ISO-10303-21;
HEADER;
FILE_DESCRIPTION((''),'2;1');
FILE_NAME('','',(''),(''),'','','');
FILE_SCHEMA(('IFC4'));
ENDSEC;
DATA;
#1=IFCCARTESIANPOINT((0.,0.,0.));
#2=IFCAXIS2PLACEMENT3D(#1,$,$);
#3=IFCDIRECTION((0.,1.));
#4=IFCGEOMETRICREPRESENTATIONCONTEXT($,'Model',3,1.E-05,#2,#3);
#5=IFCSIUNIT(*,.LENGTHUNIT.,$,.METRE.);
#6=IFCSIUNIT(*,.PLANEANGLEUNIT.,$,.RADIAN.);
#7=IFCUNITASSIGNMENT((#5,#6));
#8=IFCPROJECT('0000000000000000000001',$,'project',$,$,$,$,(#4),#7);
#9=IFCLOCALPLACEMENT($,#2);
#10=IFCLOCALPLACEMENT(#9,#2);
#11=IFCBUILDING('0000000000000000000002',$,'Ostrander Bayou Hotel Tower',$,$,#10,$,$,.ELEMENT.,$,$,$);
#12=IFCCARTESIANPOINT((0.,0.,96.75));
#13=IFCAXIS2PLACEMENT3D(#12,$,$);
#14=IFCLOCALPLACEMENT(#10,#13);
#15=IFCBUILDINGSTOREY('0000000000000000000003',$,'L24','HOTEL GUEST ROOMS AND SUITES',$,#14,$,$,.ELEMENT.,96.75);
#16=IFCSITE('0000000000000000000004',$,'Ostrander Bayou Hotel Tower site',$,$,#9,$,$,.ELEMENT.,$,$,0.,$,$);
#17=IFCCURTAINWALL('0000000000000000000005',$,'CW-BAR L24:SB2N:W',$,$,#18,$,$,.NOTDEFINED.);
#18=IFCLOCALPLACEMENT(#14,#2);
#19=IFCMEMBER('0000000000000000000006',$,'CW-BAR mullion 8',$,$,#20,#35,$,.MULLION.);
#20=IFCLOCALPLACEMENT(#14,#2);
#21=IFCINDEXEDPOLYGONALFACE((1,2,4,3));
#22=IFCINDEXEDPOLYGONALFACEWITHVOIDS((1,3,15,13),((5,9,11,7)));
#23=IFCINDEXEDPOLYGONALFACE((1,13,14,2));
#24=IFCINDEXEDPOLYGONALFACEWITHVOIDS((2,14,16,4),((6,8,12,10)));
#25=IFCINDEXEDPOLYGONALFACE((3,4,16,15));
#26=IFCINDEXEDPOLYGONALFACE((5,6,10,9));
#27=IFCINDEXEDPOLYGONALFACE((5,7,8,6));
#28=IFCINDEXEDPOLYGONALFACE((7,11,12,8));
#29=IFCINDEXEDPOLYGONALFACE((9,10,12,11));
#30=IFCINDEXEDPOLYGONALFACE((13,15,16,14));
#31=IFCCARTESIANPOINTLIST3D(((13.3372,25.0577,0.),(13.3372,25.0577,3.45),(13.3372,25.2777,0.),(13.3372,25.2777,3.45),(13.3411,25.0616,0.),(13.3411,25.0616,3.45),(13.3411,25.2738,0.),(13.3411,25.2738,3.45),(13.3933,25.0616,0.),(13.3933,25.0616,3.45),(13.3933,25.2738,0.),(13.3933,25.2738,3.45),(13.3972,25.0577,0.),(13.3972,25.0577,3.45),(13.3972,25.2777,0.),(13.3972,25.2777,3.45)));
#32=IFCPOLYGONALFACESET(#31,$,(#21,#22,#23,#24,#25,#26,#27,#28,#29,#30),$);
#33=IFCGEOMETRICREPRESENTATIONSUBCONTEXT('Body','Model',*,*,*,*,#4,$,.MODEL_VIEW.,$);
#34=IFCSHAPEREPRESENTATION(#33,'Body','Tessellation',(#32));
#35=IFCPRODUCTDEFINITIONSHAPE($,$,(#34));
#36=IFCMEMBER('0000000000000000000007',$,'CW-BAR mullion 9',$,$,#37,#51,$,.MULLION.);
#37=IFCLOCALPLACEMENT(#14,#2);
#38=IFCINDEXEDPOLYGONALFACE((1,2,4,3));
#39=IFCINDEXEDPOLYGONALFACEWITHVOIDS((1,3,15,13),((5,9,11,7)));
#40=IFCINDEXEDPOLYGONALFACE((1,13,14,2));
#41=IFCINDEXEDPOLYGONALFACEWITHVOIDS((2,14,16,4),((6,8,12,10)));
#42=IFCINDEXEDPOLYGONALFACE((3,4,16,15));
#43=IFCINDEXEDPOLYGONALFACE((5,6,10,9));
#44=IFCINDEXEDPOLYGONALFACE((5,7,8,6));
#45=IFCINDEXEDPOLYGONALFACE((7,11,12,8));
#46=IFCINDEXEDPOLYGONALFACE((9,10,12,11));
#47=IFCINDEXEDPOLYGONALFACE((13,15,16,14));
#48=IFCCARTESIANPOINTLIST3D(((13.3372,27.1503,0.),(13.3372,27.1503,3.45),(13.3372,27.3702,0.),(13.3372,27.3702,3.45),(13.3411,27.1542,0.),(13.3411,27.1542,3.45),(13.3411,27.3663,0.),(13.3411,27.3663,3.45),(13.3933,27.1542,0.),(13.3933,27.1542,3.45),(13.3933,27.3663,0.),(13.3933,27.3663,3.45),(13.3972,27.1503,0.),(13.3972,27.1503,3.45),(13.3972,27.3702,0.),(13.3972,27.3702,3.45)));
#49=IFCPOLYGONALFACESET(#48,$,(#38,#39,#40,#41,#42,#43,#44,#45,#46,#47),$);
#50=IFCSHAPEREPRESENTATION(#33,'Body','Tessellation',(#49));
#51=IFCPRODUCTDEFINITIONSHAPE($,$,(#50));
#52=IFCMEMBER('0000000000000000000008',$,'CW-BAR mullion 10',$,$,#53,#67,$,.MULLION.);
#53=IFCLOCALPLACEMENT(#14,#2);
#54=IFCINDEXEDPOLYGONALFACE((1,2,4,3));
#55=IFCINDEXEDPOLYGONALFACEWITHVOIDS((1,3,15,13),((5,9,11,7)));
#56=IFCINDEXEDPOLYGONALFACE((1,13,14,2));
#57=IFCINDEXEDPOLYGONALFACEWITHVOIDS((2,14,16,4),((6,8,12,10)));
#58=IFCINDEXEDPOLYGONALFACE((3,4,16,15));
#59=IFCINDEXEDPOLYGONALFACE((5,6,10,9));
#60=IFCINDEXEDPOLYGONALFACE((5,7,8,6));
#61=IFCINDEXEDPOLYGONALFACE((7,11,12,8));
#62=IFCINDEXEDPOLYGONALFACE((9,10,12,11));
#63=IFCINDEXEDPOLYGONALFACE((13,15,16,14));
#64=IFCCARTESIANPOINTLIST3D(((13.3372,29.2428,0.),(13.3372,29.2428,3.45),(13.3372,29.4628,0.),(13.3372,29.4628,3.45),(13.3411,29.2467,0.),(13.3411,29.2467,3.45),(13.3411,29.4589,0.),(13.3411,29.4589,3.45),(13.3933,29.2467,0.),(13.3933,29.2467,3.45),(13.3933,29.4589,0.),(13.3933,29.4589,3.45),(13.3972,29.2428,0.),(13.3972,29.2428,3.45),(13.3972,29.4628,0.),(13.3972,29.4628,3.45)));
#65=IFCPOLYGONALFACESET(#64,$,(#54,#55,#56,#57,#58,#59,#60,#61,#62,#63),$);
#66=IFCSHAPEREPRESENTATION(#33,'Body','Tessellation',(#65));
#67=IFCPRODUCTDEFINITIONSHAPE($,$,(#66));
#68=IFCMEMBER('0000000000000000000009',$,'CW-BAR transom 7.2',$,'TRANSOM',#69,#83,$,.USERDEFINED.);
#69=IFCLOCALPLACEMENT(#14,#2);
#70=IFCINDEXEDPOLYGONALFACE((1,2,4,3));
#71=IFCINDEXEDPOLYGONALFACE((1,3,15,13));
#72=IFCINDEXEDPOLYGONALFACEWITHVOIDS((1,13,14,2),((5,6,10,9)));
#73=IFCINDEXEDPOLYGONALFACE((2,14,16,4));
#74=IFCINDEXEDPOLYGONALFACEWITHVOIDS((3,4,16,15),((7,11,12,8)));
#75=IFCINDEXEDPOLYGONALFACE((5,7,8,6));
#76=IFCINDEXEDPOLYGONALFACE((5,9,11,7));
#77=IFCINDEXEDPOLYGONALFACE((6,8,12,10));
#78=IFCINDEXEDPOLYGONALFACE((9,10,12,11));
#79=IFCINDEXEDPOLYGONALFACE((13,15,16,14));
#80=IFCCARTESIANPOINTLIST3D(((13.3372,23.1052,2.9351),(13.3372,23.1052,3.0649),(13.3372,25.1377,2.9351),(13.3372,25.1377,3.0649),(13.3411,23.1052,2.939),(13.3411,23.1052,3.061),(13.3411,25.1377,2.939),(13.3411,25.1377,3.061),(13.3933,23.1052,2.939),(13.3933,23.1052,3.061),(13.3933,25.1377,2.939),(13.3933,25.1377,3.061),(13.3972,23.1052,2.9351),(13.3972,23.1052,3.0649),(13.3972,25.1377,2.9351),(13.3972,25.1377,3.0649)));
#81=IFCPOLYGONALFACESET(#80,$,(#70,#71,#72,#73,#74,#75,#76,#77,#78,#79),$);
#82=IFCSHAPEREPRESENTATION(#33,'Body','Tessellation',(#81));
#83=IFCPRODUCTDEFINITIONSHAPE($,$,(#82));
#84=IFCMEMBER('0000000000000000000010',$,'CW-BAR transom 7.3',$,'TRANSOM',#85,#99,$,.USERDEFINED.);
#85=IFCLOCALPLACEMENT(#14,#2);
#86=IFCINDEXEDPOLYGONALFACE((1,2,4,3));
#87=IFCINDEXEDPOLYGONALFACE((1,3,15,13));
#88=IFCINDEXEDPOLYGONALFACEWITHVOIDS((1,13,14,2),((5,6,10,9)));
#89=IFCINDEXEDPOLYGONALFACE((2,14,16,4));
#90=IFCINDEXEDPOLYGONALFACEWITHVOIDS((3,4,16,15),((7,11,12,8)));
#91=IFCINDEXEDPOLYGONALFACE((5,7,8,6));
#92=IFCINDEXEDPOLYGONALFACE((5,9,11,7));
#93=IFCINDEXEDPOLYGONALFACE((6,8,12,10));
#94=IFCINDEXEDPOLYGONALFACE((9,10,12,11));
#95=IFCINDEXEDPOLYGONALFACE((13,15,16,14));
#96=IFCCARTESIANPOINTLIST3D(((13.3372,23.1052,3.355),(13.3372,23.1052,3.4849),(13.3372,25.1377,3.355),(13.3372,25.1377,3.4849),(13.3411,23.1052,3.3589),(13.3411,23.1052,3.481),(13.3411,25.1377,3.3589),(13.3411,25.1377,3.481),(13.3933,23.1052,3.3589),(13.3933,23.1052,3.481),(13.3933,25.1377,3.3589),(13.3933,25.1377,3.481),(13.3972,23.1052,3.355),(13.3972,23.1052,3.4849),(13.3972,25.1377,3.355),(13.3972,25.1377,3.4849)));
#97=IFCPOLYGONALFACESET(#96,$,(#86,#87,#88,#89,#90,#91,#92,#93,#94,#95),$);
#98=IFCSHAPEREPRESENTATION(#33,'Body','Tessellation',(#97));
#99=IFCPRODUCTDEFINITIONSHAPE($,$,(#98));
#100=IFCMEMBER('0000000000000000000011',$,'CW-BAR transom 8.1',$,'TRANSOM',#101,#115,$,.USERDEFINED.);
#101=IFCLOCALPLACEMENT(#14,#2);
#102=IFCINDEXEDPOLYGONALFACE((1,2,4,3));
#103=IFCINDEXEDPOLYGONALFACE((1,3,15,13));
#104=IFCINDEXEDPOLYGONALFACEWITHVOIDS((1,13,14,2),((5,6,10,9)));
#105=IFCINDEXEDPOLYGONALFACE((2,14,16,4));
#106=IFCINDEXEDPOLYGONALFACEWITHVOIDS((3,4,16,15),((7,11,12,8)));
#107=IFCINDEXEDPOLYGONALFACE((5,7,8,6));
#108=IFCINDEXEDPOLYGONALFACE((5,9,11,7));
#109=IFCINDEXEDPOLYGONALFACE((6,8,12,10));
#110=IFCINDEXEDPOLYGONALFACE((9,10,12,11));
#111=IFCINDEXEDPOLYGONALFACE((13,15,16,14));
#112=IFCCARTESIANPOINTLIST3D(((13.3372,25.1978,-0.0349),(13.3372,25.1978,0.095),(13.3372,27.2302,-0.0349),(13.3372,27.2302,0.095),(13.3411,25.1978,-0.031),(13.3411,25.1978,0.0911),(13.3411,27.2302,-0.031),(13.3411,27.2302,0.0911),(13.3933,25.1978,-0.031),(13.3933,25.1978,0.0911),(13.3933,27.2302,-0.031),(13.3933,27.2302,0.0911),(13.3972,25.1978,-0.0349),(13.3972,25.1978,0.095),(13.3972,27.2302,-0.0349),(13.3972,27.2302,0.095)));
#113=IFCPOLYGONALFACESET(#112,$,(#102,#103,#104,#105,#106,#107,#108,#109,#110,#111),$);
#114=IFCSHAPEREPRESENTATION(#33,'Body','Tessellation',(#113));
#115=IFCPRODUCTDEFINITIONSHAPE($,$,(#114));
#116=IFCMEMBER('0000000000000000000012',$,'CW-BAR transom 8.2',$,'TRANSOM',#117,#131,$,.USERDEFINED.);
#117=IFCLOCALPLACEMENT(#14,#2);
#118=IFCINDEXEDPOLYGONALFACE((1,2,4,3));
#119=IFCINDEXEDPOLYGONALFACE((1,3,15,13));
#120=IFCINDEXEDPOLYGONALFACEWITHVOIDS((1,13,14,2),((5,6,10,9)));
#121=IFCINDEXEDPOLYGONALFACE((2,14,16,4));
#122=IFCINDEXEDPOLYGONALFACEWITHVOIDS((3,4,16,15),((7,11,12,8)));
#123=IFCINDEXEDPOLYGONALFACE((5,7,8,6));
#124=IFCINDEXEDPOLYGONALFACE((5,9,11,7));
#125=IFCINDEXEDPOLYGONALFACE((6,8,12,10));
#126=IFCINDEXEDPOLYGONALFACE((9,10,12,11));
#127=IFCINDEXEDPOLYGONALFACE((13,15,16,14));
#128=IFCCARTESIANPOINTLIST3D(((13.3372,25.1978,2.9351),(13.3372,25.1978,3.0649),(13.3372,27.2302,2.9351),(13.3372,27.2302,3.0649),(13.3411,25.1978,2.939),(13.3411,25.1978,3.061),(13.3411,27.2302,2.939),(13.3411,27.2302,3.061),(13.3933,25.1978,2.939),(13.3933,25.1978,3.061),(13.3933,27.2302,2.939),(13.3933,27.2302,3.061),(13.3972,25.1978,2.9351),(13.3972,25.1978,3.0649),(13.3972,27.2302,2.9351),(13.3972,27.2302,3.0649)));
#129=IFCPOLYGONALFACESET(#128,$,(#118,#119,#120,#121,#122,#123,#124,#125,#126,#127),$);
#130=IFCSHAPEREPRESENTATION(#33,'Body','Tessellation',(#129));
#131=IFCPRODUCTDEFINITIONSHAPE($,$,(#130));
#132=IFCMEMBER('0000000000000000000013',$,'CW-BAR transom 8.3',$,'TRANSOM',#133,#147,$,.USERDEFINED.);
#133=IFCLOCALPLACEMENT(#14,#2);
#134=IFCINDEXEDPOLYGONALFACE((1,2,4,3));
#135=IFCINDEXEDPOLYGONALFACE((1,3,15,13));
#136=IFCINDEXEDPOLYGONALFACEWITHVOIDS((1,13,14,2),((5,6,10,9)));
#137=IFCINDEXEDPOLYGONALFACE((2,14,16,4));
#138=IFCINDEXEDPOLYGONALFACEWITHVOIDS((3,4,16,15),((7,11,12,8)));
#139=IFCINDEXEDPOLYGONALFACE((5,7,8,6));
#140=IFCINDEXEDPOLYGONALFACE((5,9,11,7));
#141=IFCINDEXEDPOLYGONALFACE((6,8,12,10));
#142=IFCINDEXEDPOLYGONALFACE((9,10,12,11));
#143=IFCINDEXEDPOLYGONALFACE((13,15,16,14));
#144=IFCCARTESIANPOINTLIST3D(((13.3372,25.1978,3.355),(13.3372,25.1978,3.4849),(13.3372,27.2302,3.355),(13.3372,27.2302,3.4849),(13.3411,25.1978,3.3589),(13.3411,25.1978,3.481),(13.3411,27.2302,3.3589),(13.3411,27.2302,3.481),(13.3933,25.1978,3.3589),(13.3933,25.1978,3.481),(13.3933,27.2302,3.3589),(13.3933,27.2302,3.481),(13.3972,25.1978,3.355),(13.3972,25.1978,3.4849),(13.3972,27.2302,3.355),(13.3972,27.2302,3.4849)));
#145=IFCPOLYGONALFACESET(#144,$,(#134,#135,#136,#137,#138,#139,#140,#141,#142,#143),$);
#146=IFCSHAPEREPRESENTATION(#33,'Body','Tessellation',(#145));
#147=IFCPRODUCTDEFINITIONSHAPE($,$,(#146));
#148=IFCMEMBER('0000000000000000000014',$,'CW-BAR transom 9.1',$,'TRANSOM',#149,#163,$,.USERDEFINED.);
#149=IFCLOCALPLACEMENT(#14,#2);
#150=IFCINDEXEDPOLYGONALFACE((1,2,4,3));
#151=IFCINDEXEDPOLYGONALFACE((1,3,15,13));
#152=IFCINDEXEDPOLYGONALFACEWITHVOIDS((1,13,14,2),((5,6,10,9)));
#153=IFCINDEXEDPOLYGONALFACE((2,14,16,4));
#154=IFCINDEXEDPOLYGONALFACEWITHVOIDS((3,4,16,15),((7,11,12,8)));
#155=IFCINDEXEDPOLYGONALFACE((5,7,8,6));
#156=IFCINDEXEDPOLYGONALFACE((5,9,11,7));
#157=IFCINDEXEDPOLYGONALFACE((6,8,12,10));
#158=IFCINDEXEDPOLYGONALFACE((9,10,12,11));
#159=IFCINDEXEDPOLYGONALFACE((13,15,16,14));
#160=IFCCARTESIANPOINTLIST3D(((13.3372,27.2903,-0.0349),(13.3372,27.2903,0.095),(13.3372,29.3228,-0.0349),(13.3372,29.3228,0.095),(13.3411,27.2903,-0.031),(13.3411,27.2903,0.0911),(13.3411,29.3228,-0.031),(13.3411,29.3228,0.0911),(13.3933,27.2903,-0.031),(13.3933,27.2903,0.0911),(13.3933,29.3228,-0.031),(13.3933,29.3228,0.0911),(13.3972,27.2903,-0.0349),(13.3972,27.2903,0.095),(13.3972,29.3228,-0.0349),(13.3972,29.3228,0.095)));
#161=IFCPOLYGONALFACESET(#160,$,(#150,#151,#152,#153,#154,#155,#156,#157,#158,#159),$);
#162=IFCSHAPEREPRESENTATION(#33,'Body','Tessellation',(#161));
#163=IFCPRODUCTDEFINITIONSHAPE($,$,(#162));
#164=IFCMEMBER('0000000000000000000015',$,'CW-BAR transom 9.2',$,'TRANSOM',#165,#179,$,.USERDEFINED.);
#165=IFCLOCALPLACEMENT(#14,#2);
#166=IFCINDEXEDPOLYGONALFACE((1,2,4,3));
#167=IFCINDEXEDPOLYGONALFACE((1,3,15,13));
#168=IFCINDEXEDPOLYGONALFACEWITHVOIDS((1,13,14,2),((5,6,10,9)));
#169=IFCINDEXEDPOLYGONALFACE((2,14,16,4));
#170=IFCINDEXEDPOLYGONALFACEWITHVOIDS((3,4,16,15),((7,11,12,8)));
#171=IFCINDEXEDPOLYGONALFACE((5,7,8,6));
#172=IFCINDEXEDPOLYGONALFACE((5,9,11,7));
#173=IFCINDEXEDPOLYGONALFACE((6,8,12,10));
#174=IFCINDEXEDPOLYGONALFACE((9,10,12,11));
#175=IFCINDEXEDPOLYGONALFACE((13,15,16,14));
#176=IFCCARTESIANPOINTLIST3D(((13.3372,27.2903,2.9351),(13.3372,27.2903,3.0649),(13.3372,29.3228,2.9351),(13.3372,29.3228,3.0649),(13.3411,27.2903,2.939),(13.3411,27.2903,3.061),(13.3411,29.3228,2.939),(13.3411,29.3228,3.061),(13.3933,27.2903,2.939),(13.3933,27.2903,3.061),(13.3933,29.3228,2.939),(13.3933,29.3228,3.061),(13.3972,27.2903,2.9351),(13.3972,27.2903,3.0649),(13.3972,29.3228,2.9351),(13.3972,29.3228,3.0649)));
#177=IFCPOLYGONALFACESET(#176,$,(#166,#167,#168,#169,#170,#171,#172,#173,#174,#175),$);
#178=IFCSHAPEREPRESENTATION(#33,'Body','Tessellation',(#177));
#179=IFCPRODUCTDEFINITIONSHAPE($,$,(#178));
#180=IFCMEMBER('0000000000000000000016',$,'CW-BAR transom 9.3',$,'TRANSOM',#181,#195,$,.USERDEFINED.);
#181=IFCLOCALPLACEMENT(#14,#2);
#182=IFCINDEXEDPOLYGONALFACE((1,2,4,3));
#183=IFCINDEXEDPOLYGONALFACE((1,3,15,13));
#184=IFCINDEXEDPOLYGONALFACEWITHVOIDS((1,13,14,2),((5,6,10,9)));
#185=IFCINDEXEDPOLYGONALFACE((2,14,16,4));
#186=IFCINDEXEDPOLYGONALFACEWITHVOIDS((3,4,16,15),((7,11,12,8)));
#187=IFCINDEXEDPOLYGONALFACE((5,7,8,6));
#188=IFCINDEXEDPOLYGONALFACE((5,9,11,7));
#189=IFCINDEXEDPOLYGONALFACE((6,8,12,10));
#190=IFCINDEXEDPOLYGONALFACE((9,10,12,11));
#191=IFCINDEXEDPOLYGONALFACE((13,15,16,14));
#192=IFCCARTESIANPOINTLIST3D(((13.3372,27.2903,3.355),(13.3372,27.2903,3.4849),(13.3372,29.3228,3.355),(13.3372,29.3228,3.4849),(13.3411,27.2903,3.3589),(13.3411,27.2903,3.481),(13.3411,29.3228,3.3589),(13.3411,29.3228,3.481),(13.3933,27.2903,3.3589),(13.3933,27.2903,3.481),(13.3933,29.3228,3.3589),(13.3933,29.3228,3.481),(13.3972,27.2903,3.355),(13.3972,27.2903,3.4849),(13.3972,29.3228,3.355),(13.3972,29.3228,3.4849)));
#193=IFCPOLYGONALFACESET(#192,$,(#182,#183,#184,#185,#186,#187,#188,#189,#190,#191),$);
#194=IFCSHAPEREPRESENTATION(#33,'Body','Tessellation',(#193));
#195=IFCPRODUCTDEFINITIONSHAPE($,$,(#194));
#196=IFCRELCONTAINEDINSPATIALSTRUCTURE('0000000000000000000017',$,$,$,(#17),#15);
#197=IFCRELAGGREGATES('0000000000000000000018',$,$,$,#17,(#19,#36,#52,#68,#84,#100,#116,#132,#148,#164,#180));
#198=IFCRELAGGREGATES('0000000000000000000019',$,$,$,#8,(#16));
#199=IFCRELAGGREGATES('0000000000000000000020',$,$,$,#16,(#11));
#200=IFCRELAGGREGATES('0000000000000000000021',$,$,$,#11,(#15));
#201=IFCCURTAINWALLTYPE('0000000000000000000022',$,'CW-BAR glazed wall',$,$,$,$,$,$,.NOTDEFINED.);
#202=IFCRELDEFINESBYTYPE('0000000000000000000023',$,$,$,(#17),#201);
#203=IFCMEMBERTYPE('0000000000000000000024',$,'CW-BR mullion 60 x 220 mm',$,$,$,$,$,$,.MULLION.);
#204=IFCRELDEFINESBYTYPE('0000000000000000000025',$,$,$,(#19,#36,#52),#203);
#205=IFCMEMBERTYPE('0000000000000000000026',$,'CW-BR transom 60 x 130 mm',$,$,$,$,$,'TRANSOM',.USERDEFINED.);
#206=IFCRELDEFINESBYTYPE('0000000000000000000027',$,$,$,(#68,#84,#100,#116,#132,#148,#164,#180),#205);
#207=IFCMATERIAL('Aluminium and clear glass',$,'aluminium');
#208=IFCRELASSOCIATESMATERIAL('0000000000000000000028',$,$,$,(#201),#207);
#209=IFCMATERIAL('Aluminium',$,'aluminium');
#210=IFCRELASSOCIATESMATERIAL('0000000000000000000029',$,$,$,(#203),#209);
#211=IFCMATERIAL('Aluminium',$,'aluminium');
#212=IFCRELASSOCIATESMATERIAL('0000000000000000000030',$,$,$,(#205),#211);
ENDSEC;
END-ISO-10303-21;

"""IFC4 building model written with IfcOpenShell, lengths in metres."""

from ifc_helpers import new_model, si_unit, direction, frame, origin, origin_2d, place, context, subcontext, project, spatial, hollow_rectangle, extrude, material, material_profile, profile_set, type_object, element, aggregate, save


model = new_model("IFC4")

# Units and contexts
model_context = context("Model", 3, precision=1e-05, world=origin(), true_north=direction((0.0, 1.0)))
body_context = subcontext(model_context, "Body", "Model", "MODEL_VIEW")
ifc_project = project(units=[si_unit("LENGTHUNIT", "METRE"), si_unit("PLANEANGLEUNIT", "RADIAN")], contexts=[model_context])

# Site, building, storey
site_placement = place(None, origin())
site = spatial("IfcSite", under=ifc_project, at=site_placement, Name="Ostrander Bayou Hotel Tower site", CompositionType="ELEMENT", RefElevation=0.0)
building_placement = place(site_placement, origin())
building = spatial("IfcBuilding", under=site, at=building_placement, Name="Ostrander Bayou Hotel Tower", CompositionType="ELEMENT")
storey_placement = place(building_placement, frame((0.0, 0.0, 96.75)))
storey = spatial("IfcBuildingStorey", under=building, at=storey_placement, Name="L24", Description="HOTEL GUEST ROOMS AND SUITES", CompositionType="ELEMENT", Elevation=96.75)

# Curtain wall, members
ifc_material_1 = material(Name="Aluminium and clear glass", Category="aluminium")
curtain_wall_type = type_object("IfcCurtainWallType", Name="CW-BAR glazed wall", PredefinedType="NOTDEFINED", material=ifc_material_1)
curtain_wall_placement = place(storey_placement, origin())
curtain_wall = element("IfcCurtainWall", 1, at=curtain_wall_placement, inside=storey, type_object=curtain_wall_type, Name="CW-BAR L24:SB2N:W", PredefinedType="NOTDEFINED")
ifc_material_2 = material(Name="Aluminium", Category="aluminium")
ifc_material_profile_1 = material_profile(ifc_material_2, hollow_rectangle(XDim=0.0601, YDim=0.22, WallThickness=0.0039, at=origin_2d()))
ifc_profile_set_1 = profile_set([ifc_material_profile_1], Name="Aluminium")
member_type_1 = type_object("IfcMemberType", Name="CW-BR mullion 60 x 220 mm", PredefinedType="MULLION", material=ifc_profile_set_1)
member_1_placement = place(storey_placement, frame((13.3672, 25.1677, 0.0), z_axis=(0.0, 0.0, 1.0), x_axis=(-1.0, 0.0, 0.0)))
member_1 = element("IfcMember", 2, at=member_1_placement, type_object=member_type_1, Name="CW-BAR mullion 8", PredefinedType="MULLION", context=body_context, shape_type="SweptSolid", body=[
    extrude(hollow_rectangle(XDim=0.0601, YDim=0.22, WallThickness=0.0039, at=origin_2d()), origin(), (0.0, 0.0, 1.0), 3.45),
])
member_2_placement = place(storey_placement, frame((13.3672, 27.2603, 0.0), z_axis=(0.0, 0.0, 1.0), x_axis=(-1.0, 0.0, 0.0)))
member_2 = element("IfcMember", 3, at=member_2_placement, type_object=member_type_1, Name="CW-BAR mullion 9", PredefinedType="MULLION", context=body_context, shape_type="SweptSolid", body=[
    extrude(hollow_rectangle(XDim=0.0601, YDim=0.22, WallThickness=0.0039, at=origin_2d()), origin(), (0.0, 0.0, 1.0), 3.45),
])
member_3_placement = place(storey_placement, frame((13.3672, 29.3528, 0.0), z_axis=(0.0, 0.0, 1.0), x_axis=(-1.0, 0.0, 0.0)))
member_3 = element("IfcMember", 4, at=member_3_placement, type_object=member_type_1, Name="CW-BAR mullion 10", PredefinedType="MULLION", context=body_context, shape_type="SweptSolid", body=[
    extrude(hollow_rectangle(XDim=0.0601, YDim=0.22, WallThickness=0.0039, at=origin_2d()), origin(), (0.0, 0.0, 1.0), 3.45),
])
ifc_material_3 = material(Name="Aluminium", Category="aluminium")
ifc_material_profile_2 = material_profile(ifc_material_3, hollow_rectangle(XDim=0.0601, YDim=0.1299, WallThickness=0.0039, at=origin_2d()))
ifc_profile_set_2 = profile_set([ifc_material_profile_2], Name="Aluminium")
member_type_2 = type_object("IfcMemberType", Name="CW-BR transom 60 x 130 mm", ElementType="TRANSOM", PredefinedType="USERDEFINED", material=ifc_profile_set_2)
member_4_placement = place(storey_placement, frame((13.3672, 23.1052, 3.0), z_axis=(0.0, 1.0, 0.0), x_axis=(-1.0, 0.0, 0.0)))
member_4 = element("IfcMember", 5, at=member_4_placement, type_object=member_type_2, Name="CW-BAR transom 7.2", ObjectType="TRANSOM", PredefinedType="USERDEFINED", context=body_context, shape_type="SweptSolid", body=[
    extrude(hollow_rectangle(XDim=0.0601, YDim=0.1299, WallThickness=0.0039, at=origin_2d()), origin(), (0.0, 0.0, 1.0), 2.0325),
])
member_5_placement = place(storey_placement, frame((13.3672, 23.1052, 3.4199), z_axis=(0.0, 1.0, 0.0), x_axis=(-1.0, 0.0, 0.0)))
member_5 = element("IfcMember", 6, at=member_5_placement, type_object=member_type_2, Name="CW-BAR transom 7.3", ObjectType="TRANSOM", PredefinedType="USERDEFINED", context=body_context, shape_type="SweptSolid", body=[
    extrude(hollow_rectangle(XDim=0.0601, YDim=0.1299, WallThickness=0.0039, at=origin_2d()), origin(), (0.0, 0.0, 1.0), 2.0325),
])
member_6_placement = place(storey_placement, frame((13.3672, 25.1978, 0.03), z_axis=(0.0, 1.0, 0.0), x_axis=(-1.0, 0.0, 0.0)))
member_6 = element("IfcMember", 7, at=member_6_placement, type_object=member_type_2, Name="CW-BAR transom 8.1", ObjectType="TRANSOM", PredefinedType="USERDEFINED", context=body_context, shape_type="SweptSolid", body=[
    extrude(hollow_rectangle(XDim=0.0601, YDim=0.1299, WallThickness=0.0039, at=origin_2d()), origin(), (0.0, 0.0, 1.0), 2.0325),
])
member_7_placement = place(storey_placement, frame((13.3672, 25.1978, 3.0), z_axis=(0.0, 1.0, 0.0), x_axis=(-1.0, 0.0, 0.0)))
member_7 = element("IfcMember", 8, at=member_7_placement, type_object=member_type_2, Name="CW-BAR transom 8.2", ObjectType="TRANSOM", PredefinedType="USERDEFINED", context=body_context, shape_type="SweptSolid", body=[
    extrude(hollow_rectangle(XDim=0.0601, YDim=0.1299, WallThickness=0.0039, at=origin_2d()), origin(), (0.0, 0.0, 1.0), 2.0325),
])
member_8_placement = place(storey_placement, frame((13.3672, 25.1978, 3.4199), z_axis=(0.0, 1.0, 0.0), x_axis=(-1.0, 0.0, 0.0)))
member_8 = element("IfcMember", 9, at=member_8_placement, type_object=member_type_2, Name="CW-BAR transom 8.3", ObjectType="TRANSOM", PredefinedType="USERDEFINED", context=body_context, shape_type="SweptSolid", body=[
    extrude(hollow_rectangle(XDim=0.0601, YDim=0.1299, WallThickness=0.0039, at=origin_2d()), origin(), (0.0, 0.0, 1.0), 2.0325),
])
member_9_placement = place(storey_placement, frame((13.3672, 27.2903, 0.03), z_axis=(0.0, 1.0, 0.0), x_axis=(-1.0, 0.0, 0.0)))
member_9 = element("IfcMember", 10, at=member_9_placement, type_object=member_type_2, Name="CW-BAR transom 9.1", ObjectType="TRANSOM", PredefinedType="USERDEFINED", context=body_context, shape_type="SweptSolid", body=[
    extrude(hollow_rectangle(XDim=0.0601, YDim=0.1299, WallThickness=0.0039, at=origin_2d()), origin(), (0.0, 0.0, 1.0), 2.0325),
])
member_10_placement = place(storey_placement, frame((13.3672, 27.2903, 3.0), z_axis=(0.0, 1.0, 0.0), x_axis=(-1.0, 0.0, 0.0)))
member_10 = element("IfcMember", 11, at=member_10_placement, type_object=member_type_2, Name="CW-BAR transom 9.2", ObjectType="TRANSOM", PredefinedType="USERDEFINED", context=body_context, shape_type="SweptSolid", body=[
    extrude(hollow_rectangle(XDim=0.0601, YDim=0.1299, WallThickness=0.0039, at=origin_2d()), origin(), (0.0, 0.0, 1.0), 2.0325),
])
member_11_placement = place(storey_placement, frame((13.3672, 27.2903, 3.4199), z_axis=(0.0, 1.0, 0.0), x_axis=(-1.0, 0.0, 0.0)))
member_11 = element("IfcMember", 12, at=member_11_placement, type_object=member_type_2, Name="CW-BAR transom 9.3", ObjectType="TRANSOM", PredefinedType="USERDEFINED", context=body_context, shape_type="SweptSolid", body=[
    extrude(hollow_rectangle(XDim=0.0601, YDim=0.1299, WallThickness=0.0039, at=origin_2d()), origin(), (0.0, 0.0, 1.0), 2.0325),
])

aggregate(curtain_wall, [member_1, member_2, member_3, member_4, member_5, member_6, member_7, member_8, member_9, member_10, member_11])

save(model, "model.ifc")
